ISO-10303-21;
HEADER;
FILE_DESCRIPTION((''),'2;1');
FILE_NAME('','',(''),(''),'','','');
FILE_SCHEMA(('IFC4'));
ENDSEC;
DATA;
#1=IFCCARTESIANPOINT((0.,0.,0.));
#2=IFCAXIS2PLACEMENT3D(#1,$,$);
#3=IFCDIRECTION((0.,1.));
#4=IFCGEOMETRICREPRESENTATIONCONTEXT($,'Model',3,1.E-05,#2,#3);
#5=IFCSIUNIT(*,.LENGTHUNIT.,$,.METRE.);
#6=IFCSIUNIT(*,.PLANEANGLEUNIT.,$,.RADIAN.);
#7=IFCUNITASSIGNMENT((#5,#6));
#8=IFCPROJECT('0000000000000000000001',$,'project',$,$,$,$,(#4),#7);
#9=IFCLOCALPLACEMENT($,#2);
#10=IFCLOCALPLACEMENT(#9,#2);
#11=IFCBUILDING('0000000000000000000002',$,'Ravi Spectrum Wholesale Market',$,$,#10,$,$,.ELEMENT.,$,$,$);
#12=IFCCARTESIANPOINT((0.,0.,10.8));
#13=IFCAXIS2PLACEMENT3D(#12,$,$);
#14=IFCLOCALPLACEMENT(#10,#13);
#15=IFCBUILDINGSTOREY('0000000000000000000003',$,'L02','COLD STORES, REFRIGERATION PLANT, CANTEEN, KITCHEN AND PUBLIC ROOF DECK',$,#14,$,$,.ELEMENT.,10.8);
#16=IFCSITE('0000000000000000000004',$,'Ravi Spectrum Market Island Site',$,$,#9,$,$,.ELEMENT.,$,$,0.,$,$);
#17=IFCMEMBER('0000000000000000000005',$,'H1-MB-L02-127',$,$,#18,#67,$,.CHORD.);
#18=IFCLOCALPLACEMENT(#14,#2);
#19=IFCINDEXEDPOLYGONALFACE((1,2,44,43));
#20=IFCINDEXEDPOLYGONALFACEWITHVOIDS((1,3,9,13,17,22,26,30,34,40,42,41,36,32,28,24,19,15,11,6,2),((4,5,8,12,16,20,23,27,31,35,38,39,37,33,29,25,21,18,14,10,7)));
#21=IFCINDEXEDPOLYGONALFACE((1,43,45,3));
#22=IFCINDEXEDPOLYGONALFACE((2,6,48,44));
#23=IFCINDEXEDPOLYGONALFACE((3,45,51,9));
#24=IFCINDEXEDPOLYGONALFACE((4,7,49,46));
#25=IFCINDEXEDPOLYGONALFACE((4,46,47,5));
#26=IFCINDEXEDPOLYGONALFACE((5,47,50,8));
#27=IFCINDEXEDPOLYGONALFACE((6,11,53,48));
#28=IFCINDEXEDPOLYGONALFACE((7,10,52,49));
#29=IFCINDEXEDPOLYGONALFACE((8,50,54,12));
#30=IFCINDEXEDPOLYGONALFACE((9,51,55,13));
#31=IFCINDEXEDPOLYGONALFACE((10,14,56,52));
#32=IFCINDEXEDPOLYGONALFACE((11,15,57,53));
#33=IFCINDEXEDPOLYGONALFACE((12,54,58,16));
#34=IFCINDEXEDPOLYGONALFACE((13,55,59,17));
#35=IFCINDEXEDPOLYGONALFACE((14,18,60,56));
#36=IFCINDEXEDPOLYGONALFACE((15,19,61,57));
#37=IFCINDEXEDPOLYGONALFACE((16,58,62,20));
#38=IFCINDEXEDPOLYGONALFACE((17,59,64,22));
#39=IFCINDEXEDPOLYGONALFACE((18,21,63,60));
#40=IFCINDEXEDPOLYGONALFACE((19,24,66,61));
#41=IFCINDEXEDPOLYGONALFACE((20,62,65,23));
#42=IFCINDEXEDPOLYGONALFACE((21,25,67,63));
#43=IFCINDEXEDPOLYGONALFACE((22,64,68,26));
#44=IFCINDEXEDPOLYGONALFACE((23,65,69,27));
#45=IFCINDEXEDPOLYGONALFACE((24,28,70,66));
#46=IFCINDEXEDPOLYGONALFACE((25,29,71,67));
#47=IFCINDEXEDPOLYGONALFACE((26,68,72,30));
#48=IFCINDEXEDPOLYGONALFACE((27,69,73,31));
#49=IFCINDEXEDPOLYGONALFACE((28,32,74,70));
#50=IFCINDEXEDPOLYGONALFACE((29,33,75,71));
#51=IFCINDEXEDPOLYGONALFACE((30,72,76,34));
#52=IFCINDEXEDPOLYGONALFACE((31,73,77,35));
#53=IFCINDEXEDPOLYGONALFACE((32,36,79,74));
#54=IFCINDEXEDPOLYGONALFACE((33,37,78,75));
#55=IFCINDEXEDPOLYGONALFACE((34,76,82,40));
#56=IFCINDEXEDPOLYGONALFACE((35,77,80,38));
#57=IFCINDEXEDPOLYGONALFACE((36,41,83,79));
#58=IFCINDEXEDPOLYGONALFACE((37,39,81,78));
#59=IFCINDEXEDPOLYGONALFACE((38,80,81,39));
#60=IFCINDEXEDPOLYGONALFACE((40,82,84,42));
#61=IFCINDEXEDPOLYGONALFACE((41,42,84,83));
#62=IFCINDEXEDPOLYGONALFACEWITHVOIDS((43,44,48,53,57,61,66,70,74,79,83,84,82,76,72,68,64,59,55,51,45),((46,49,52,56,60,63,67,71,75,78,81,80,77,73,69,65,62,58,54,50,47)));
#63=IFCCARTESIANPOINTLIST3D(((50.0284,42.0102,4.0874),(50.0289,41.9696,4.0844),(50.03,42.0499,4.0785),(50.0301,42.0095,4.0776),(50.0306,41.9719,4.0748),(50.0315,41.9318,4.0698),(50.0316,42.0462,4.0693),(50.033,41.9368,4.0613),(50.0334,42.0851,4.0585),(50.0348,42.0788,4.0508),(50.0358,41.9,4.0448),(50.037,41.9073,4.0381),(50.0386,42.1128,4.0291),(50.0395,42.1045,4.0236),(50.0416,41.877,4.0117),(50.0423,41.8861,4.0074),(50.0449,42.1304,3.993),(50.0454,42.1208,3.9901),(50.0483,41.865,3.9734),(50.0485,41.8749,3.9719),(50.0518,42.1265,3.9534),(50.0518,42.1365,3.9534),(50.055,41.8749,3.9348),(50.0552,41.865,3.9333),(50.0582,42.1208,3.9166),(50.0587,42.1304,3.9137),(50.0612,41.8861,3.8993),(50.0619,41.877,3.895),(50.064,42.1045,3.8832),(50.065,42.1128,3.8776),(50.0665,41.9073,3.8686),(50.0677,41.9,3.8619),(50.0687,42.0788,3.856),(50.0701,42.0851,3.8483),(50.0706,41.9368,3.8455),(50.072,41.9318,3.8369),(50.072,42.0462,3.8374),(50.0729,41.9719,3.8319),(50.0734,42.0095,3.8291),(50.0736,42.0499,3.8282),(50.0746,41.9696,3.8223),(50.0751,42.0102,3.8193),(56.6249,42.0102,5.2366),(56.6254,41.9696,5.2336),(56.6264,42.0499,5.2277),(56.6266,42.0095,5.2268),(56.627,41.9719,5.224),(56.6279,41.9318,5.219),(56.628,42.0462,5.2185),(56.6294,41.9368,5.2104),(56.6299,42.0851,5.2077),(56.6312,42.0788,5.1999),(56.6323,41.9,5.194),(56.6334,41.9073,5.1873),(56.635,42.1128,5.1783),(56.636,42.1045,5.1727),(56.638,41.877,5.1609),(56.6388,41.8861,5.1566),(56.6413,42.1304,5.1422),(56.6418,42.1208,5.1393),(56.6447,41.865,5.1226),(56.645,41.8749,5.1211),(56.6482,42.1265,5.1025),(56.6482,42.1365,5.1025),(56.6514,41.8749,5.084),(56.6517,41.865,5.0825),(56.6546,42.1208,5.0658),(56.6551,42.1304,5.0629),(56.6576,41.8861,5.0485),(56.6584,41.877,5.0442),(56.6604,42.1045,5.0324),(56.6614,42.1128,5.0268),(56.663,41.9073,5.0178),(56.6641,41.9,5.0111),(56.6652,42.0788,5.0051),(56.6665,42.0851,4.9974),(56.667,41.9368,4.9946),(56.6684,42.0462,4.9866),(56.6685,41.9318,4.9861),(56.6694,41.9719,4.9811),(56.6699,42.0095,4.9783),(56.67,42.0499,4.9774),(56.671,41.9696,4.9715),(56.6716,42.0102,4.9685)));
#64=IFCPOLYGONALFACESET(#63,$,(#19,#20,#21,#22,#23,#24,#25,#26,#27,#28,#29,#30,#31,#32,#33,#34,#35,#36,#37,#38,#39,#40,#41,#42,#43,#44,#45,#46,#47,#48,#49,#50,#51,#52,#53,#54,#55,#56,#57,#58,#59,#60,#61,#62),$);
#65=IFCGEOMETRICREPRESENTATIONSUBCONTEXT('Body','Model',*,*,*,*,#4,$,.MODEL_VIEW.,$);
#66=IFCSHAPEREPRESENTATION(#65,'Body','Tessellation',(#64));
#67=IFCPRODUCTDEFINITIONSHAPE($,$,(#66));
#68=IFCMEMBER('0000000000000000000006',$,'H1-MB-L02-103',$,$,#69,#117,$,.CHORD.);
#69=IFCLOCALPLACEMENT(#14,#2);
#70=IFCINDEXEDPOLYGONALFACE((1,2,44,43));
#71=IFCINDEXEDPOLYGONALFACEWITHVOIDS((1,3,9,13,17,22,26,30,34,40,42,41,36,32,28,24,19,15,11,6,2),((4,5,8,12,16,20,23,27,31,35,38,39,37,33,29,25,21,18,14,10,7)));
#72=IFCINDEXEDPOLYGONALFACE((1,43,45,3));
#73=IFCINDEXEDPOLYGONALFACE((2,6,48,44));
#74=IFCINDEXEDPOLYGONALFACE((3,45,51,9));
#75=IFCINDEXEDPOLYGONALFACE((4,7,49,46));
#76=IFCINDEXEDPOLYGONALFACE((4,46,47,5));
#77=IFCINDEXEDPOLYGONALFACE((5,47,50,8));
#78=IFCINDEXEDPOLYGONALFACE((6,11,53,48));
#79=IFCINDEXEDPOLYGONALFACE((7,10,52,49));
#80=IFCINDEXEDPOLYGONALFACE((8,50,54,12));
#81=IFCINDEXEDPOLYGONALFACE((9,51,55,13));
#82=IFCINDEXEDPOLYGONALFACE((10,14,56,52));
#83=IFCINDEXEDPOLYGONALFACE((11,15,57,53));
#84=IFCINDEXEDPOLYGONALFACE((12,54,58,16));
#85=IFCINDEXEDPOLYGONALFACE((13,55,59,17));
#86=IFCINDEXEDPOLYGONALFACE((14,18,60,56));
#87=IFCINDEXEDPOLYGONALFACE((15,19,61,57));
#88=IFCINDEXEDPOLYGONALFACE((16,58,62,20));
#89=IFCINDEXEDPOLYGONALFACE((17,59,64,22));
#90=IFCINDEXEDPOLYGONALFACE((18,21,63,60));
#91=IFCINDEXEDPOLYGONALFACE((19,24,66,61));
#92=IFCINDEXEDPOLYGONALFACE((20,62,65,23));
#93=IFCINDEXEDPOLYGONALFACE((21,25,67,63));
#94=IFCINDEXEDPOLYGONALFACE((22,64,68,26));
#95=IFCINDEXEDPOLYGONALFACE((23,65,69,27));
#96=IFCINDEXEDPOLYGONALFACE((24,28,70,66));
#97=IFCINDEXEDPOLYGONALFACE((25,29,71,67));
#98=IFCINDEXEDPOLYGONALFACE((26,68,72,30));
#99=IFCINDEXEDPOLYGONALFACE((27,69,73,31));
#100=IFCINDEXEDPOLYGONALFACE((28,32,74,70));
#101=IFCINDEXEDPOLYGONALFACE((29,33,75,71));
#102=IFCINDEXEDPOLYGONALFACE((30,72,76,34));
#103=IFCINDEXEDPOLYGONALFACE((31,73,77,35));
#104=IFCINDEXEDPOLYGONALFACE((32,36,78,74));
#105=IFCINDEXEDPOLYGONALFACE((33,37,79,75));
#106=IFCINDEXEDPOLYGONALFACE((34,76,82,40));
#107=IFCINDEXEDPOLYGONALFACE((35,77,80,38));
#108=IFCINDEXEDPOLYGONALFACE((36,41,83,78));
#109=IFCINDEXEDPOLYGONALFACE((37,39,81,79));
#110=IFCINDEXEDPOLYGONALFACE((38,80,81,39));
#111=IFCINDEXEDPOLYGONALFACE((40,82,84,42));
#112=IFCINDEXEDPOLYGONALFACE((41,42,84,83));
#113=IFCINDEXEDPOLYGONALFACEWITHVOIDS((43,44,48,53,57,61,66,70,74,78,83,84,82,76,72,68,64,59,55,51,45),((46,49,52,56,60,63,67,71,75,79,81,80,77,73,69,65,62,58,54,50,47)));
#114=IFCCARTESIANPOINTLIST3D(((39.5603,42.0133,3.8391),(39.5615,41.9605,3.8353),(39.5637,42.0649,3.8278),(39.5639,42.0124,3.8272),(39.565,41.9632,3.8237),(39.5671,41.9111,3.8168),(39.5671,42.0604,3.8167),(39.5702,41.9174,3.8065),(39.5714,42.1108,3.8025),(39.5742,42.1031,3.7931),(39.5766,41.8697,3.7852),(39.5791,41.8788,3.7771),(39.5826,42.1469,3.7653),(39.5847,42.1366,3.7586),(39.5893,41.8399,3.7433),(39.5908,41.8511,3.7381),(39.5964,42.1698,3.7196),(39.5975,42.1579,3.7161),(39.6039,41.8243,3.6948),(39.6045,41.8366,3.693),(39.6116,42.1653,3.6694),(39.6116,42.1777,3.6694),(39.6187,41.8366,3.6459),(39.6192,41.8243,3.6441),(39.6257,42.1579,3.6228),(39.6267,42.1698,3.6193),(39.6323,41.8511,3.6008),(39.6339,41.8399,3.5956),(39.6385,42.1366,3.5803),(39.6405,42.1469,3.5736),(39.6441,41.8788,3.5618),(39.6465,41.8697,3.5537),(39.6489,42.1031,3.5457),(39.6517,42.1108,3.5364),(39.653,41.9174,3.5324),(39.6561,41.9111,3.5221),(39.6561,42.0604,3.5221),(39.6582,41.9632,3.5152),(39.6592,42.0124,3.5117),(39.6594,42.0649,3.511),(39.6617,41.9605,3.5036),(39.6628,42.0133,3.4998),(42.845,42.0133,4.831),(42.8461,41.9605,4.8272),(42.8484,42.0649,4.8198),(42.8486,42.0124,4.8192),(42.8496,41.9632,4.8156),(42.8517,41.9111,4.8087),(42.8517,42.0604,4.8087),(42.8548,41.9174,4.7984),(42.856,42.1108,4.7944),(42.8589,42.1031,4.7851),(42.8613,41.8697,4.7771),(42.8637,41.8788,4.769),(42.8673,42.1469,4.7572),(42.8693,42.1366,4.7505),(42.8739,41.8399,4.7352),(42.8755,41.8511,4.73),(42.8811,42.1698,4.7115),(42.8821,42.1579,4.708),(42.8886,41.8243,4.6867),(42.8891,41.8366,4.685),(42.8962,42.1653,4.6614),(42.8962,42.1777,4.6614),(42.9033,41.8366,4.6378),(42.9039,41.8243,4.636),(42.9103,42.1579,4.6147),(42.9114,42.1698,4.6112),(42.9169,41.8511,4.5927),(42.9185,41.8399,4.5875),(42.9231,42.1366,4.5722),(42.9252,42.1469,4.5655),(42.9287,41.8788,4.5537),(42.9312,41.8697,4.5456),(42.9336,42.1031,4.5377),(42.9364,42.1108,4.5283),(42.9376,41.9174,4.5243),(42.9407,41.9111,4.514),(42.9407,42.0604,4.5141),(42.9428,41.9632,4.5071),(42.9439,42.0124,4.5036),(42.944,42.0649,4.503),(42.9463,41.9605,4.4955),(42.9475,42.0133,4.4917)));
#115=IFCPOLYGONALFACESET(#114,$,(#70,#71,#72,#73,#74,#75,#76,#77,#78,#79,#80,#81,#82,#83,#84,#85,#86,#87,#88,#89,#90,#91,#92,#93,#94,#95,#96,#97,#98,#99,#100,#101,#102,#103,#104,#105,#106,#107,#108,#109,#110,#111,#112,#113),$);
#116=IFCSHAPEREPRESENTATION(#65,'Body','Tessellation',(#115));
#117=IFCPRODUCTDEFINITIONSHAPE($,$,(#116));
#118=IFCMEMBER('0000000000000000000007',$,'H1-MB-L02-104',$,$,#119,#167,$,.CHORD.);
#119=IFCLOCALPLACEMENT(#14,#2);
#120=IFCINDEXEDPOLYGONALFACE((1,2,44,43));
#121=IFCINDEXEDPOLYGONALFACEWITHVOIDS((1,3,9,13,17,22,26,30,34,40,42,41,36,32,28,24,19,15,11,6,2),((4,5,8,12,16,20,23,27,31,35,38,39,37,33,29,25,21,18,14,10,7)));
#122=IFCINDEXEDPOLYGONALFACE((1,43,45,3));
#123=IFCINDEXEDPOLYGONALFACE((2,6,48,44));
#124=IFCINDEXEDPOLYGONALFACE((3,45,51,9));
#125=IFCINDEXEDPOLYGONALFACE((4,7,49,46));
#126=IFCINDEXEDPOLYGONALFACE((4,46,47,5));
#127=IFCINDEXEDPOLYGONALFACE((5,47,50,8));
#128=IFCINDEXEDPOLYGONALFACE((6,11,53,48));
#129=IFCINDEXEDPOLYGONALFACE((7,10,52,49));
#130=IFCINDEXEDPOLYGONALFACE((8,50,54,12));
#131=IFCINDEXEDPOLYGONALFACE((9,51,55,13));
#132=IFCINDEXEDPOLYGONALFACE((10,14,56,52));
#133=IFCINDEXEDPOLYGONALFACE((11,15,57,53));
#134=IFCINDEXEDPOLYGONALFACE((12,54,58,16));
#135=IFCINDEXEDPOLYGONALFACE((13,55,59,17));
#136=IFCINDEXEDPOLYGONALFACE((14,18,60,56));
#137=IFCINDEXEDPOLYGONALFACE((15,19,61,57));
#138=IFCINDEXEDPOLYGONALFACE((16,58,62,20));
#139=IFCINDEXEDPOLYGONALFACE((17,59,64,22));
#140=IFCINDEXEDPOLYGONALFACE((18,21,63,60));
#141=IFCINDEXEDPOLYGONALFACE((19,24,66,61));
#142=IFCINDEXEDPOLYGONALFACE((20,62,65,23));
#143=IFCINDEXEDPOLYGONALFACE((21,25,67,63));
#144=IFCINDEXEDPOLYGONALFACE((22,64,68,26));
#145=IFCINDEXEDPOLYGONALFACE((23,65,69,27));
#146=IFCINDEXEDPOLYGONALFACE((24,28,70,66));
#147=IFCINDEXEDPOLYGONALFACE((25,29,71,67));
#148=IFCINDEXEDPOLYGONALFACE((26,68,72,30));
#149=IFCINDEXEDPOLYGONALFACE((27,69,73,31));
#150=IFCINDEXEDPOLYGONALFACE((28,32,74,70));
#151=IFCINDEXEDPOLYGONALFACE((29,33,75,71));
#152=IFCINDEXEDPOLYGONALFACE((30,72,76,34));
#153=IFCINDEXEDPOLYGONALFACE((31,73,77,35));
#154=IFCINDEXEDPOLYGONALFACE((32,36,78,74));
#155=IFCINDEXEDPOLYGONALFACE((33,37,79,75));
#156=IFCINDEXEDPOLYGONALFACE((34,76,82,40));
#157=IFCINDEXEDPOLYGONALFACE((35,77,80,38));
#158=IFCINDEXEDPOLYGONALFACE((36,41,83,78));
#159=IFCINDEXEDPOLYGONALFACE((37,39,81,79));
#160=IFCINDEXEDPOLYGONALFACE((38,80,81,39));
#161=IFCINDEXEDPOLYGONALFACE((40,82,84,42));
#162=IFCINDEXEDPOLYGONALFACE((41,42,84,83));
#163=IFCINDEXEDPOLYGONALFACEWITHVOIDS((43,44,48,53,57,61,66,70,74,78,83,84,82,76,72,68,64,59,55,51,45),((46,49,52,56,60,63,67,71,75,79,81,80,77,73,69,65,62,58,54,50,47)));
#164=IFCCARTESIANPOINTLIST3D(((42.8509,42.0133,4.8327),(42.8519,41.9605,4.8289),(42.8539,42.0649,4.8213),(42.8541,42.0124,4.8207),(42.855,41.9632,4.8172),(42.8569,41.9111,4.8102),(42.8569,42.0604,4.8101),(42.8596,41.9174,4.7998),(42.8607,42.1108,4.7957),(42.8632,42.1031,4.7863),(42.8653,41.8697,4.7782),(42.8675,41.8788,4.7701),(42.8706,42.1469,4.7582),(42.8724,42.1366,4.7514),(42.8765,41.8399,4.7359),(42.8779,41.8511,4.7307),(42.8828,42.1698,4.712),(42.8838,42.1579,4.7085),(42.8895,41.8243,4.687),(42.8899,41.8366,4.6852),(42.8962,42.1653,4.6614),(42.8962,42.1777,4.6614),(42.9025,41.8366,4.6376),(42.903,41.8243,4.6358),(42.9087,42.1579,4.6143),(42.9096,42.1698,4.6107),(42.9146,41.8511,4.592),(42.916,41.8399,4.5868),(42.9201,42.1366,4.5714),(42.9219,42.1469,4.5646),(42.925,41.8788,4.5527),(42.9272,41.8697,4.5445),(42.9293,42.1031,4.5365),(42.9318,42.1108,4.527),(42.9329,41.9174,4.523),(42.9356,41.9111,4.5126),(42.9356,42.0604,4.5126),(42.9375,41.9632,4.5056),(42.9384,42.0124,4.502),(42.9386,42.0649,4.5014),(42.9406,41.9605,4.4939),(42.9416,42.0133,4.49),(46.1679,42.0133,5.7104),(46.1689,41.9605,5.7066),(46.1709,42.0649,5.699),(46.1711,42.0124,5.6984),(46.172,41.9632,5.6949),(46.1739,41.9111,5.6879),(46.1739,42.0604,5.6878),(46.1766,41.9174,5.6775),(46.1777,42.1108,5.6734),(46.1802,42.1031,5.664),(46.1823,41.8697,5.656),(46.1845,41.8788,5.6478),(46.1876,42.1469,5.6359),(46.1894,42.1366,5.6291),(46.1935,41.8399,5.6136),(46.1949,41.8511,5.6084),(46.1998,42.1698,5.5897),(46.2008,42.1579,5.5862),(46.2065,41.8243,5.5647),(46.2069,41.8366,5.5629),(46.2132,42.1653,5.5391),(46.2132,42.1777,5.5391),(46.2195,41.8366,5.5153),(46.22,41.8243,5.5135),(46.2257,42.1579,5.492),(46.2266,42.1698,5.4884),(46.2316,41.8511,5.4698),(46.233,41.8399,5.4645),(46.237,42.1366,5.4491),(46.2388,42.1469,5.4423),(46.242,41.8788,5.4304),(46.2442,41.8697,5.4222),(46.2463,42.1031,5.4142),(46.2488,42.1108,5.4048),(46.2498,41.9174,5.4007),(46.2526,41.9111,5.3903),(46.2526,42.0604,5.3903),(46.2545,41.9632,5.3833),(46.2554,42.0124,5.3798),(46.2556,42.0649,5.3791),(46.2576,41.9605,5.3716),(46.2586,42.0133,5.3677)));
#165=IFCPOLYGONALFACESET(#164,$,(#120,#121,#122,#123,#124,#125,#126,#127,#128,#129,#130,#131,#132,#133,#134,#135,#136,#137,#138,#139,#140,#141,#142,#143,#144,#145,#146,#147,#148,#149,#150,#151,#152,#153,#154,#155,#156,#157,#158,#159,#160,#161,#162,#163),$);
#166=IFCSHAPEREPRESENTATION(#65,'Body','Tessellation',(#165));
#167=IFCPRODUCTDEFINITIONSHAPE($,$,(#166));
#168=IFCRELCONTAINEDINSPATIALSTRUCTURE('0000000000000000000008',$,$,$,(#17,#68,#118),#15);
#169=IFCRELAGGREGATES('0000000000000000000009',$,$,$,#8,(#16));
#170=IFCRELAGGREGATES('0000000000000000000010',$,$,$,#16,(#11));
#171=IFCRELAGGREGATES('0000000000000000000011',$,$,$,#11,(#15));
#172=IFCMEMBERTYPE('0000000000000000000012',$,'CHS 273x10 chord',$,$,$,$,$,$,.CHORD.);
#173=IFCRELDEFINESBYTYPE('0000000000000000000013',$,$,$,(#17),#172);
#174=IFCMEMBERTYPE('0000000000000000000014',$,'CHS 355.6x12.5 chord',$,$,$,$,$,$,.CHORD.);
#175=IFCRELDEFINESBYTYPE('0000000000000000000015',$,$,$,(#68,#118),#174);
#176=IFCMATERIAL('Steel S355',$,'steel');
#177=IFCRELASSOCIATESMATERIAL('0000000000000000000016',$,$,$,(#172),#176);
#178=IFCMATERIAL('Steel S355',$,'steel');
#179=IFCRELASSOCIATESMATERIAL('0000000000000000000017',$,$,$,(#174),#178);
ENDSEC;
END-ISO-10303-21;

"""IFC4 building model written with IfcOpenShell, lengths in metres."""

from ifc_helpers import new_model, si_unit, direction, frame, origin, origin_2d, place, context, subcontext, project, spatial, hollow_circle, extrude, material, material_profile, profile_set, type_object, element, save


model = new_model("IFC4")

# Units and contexts
model_context = context("Model", 3, precision=1e-05, world=origin(), true_north=direction((0.0, 1.0)))
body_context = subcontext(model_context, "Body", "Model", "MODEL_VIEW")
ifc_project = project(units=[si_unit("LENGTHUNIT", "METRE"), si_unit("PLANEANGLEUNIT", "RADIAN")], contexts=[model_context])

# Site, building, storey
site_placement = place(None, origin())
site = spatial("IfcSite", under=ifc_project, at=site_placement, Name="Ravi Spectrum Market Island Site", CompositionType="ELEMENT", RefElevation=0.0)
building_placement = place(site_placement, origin())
building = spatial("IfcBuilding", under=site, at=building_placement, Name="Ravi Spectrum Wholesale Market", CompositionType="ELEMENT")
storey_placement = place(building_placement, frame((0.0, 0.0, 10.8)))
storey = spatial("IfcBuildingStorey", under=building, at=storey_placement, Name="L02", Description="COLD STORES, REFRIGERATION PLANT, CANTEEN, KITCHEN AND PUBLIC ROOF DECK", CompositionType="ELEMENT", Elevation=10.8)

# Members
ifc_material_1 = material(Name="Steel S355", Category="steel")
ifc_material_profile_1 = material_profile(ifc_material_1, hollow_circle(Radius=0.1365, WallThickness=0.01, at=origin_2d()))
ifc_profile_set_1 = profile_set([ifc_material_profile_1], Name="Steel S355")
member_type_1 = type_object("IfcMemberType", Name="CHS 273x10 chord", PredefinedType="CHORD", material=ifc_profile_set_1)
for number, where, z_axis, x_axis, name in (
    (1, (50.0518, 42.0, 3.9534), (0.985162, 0.0, 0.171626), (0.0, 1.0, 0.0), "H1-MB-L02-127"),
):
    element("IfcMember", number, at=place(storey_placement, frame(where, z_axis=z_axis, x_axis=x_axis)), inside=storey, type_object=member_type_1, Name=name, PredefinedType="CHORD", context=body_context, shape_type="SweptSolid", body=[
        extrude(hollow_circle(Radius=0.1365, WallThickness=0.01, at=origin_2d()), origin(), (0.0, 0.0, 1.0), 6.6958),
    ])
ifc_material_2 = material(Name="Steel S355", Category="steel")
ifc_material_profile_2 = material_profile(ifc_material_2, hollow_circle(Radius=0.1777, WallThickness=0.0125, at=origin_2d()))
ifc_profile_set_2 = profile_set([ifc_material_profile_2], Name="Steel S355")
member_type_2 = type_object("IfcMemberType", Name="CHS 355.6x12.5 chord", PredefinedType="CHORD", material=ifc_profile_set_2)
for number, where, z_axis, x_axis, name in (
    (2, (39.6116, 42.0, 3.6694), (0.9573, 0.0, 0.289097), (0.0, 1.0, 0.0), "H1-MB-L02-103"),
    (3, (42.8962, 42.0, 4.6614), (0.966728, 0.0, 0.255807), (0.0, 1.0, 0.0), "H1-MB-L02-104"),
):
    element("IfcMember", number, at=place(storey_placement, frame(where, z_axis=z_axis, x_axis=x_axis)), inside=storey, type_object=member_type_2, Name=name, PredefinedType="CHORD", context=body_context, shape_type="SweptSolid", body=[
        extrude(hollow_circle(Radius=0.1777, WallThickness=0.0125, at=origin_2d()), origin(), (0.0, 0.0, 1.0), 3.4312),
    ])

save(model, "model.ifc")
